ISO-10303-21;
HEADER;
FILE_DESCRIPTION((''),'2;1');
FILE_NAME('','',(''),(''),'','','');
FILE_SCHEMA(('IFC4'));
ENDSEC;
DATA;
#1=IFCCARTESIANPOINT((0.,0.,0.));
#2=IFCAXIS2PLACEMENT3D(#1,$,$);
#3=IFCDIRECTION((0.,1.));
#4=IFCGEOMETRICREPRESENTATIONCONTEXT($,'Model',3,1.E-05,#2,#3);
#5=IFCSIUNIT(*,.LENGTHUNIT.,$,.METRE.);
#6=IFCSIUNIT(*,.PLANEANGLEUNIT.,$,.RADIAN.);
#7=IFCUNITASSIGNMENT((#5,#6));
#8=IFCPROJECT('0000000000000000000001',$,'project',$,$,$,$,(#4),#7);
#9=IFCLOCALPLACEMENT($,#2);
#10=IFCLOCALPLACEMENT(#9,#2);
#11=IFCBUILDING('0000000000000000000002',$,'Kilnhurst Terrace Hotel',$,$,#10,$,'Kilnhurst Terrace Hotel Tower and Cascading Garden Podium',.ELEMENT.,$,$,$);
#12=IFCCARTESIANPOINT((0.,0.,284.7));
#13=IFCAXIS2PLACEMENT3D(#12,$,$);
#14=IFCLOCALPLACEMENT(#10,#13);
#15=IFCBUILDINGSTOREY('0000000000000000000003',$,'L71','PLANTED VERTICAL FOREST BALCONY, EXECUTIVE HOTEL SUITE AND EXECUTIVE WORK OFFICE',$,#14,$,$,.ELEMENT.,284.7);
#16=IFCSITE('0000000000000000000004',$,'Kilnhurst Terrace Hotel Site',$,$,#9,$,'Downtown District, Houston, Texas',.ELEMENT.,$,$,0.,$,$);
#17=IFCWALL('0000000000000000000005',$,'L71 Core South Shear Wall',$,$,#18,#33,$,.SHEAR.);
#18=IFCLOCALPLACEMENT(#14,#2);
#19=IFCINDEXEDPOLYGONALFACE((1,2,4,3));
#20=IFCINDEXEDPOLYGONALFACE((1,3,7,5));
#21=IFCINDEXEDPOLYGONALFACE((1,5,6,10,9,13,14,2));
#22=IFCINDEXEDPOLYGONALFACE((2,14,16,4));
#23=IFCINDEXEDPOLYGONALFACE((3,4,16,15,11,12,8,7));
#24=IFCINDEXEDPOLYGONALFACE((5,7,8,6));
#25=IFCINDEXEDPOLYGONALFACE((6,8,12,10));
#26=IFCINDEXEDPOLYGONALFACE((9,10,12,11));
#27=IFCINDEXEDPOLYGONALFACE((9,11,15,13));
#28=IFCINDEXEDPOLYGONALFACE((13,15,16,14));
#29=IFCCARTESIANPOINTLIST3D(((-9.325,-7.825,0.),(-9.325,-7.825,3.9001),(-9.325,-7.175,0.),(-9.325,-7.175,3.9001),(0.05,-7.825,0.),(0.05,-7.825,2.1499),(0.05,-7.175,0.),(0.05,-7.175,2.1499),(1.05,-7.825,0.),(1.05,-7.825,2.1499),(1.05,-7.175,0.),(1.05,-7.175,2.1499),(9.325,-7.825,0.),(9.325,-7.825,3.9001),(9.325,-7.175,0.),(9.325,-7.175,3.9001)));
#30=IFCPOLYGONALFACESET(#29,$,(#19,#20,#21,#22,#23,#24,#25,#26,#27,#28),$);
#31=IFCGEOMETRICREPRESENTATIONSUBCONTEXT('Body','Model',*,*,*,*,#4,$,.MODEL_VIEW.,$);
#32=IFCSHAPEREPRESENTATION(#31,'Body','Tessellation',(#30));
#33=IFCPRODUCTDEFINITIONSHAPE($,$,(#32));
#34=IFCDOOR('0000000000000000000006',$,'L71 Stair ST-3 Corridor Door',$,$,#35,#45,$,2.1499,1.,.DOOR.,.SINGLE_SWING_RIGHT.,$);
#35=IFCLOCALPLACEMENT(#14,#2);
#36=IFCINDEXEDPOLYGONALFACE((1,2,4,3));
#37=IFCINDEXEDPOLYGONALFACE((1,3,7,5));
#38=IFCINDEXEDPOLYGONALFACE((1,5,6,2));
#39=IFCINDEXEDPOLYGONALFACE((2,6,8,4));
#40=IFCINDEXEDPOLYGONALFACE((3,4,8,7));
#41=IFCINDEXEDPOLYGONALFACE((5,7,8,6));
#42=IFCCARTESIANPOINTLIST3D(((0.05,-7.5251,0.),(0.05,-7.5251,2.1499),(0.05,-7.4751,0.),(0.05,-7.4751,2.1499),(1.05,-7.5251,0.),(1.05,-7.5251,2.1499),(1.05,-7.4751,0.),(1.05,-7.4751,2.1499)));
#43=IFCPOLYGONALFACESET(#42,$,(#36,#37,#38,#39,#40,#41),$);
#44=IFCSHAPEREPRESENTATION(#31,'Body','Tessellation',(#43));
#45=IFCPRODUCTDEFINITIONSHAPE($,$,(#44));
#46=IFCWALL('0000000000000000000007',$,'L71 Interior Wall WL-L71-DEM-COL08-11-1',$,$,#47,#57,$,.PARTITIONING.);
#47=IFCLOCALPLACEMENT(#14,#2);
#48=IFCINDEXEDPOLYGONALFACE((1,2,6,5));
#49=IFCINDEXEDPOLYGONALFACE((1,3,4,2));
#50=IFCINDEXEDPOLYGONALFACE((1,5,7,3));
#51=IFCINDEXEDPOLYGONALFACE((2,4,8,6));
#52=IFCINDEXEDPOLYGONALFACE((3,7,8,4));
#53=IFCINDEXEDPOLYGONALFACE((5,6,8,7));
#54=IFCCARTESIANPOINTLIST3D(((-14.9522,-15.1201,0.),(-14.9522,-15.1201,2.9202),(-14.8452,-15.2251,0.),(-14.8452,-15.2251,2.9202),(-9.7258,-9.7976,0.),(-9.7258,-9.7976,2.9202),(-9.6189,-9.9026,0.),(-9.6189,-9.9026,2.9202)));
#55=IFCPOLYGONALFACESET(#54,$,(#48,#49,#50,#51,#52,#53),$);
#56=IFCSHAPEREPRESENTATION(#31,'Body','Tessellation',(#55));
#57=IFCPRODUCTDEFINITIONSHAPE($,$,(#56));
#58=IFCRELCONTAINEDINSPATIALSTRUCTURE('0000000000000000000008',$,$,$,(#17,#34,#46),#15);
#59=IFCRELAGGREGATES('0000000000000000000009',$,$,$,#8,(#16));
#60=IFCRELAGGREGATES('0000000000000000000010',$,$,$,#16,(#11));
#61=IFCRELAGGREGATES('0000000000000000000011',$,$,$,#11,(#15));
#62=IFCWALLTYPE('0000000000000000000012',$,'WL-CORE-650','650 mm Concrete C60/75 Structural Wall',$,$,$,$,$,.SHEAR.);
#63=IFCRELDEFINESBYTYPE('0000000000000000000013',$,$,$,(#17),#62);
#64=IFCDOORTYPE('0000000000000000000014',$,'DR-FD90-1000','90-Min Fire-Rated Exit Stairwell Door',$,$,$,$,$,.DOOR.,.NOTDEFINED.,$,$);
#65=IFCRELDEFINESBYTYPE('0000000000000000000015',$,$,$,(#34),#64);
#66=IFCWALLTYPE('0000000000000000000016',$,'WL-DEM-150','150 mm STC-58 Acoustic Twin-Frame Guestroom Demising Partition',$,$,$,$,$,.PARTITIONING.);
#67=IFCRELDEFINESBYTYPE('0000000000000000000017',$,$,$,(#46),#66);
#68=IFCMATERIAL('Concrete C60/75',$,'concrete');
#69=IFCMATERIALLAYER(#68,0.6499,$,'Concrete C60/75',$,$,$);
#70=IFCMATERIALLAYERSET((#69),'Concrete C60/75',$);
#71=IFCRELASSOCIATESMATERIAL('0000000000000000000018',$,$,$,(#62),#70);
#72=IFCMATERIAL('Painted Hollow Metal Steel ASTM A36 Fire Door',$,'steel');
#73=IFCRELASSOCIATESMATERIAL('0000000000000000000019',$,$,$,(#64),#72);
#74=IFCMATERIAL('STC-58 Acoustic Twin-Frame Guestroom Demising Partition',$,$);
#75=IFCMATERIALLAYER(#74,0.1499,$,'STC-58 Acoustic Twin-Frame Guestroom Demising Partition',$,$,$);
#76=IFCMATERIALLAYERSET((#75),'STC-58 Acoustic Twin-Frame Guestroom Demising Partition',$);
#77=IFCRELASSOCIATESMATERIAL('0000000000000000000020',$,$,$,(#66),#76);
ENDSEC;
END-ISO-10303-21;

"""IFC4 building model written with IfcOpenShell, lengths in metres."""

from ifc_helpers import new_model, si_unit, direction, frame, frame_2d, origin, place, context, subcontext, project, spatial, rectangle, extrude, material, layer, layer_set, type_object, element, fill, save


model = new_model("IFC4")

# Units and contexts
model_context = context("Model", 3, precision=1e-05, world=origin(), true_north=direction((0.0, 1.0)))
body_context = subcontext(model_context, "Body", "Model", "MODEL_VIEW")
ifc_project = project(units=[si_unit("LENGTHUNIT", "METRE"), si_unit("PLANEANGLEUNIT", "RADIAN")], contexts=[model_context])

# Site, building, storey
site_placement = place(None, origin())
site = spatial("IfcSite", under=ifc_project, at=site_placement, Name="Kilnhurst Terrace Hotel Site", LongName="Downtown District, Houston, Texas", CompositionType="ELEMENT", RefElevation=0.0)
building_placement = place(site_placement, origin())
building = spatial("IfcBuilding", under=site, at=building_placement, Name="Kilnhurst Terrace Hotel", LongName="Kilnhurst Terrace Hotel Tower and Cascading Garden Podium", CompositionType="ELEMENT")
storey_placement = place(building_placement, frame((0.0, 0.0, 284.7)))
storey = spatial("IfcBuildingStorey", under=building, at=storey_placement, Name="L71", Description="PLANTED VERTICAL FOREST BALCONY, EXECUTIVE HOTEL SUITE AND EXECUTIVE WORK OFFICE", CompositionType="ELEMENT", Elevation=284.7)

# Shared definitions
ifc_material_1 = material(Name="Concrete C60/75", Category="concrete")

# Wall, opening, door
ifc_layer_1 = layer(ifc_material_1, 0.6499, Name="Concrete C60/75")
ifc_layer_set_1 = layer_set([ifc_layer_1], Name="Concrete C60/75")
wall_type_1 = type_object("IfcWallType", Name="WL-CORE-650", Description="650 mm Concrete C60/75 Structural Wall", PredefinedType="SHEAR", material=ifc_layer_set_1)
wall_1_placement = place(storey_placement, frame((-9.325, -7.5, 0.0), z_axis=(0.0, 0.0, 1.0), x_axis=(1.0, 0.0, 0.0)))
wall_1 = element("IfcWall", 1, at=wall_1_placement, inside=storey, type_object=wall_type_1, Name="L71 Core South Shear Wall", PredefinedType="SHEAR", context=body_context, shape_type="SweptSolid", body=[
    extrude(rectangle(XDim=18.6499, YDim=0.6499, at=frame_2d((9.325, 0.0))), origin(), (0.0, 0.0, 1.0), 3.9001),
])
opening_1_placement = place(wall_1_placement, frame((9.375, 0.0, 0.0)))
opening_1 = element("IfcOpeningElement", 2, at=opening_1_placement, cuts=wall_1, PredefinedType="OPENING", context=body_context, shape_type="SweptSolid", body=[
    extrude(rectangle(XDim=1.0, YDim=2.1499, at=frame_2d((0.5, 1.075))), frame((0.0, 0.335, 0.0), z_axis=(0.0, -1.0, 0.0), x_axis=(1.0, 0.0, 0.0)), (0.0, 0.0, 1.0), 0.6699),
])
ifc_material_2 = material(Name="Painted Hollow Metal Steel ASTM A36 Fire Door", Category="steel")
door_type_1 = type_object("IfcDoorType", Name="DR-FD90-1000", Description="90-Min Fire-Rated Exit Stairwell Door", OperationType="NOTDEFINED", PredefinedType="DOOR", material=ifc_material_2)
door_1_placement = place(opening_1_placement, origin())
door_1 = element("IfcDoor", 3, at=door_1_placement, inside=storey, type_object=door_type_1, Name="L71 Stair ST-3 Corridor Door", OperationType="SINGLE_SWING_RIGHT", OverallHeight=2.1499, OverallWidth=1.0, PredefinedType="DOOR", context=body_context, shape_type="SweptSolid", body=[
    extrude(rectangle(XDim=1.0, YDim=2.1499, at=frame_2d((0.5, 1.075))), frame((0.0, 0.0249, 0.0), z_axis=(0.0, -1.0, 0.0), x_axis=(1.0, 0.0, 0.0)), (0.0, 0.0, 1.0), 0.05),
])
fill(opening_1, door_1)

# Wall
ifc_material_3 = material(Name="STC-58 Acoustic Twin-Frame Guestroom Demising Partition")
ifc_layer_2 = layer(ifc_material_3, 0.1499, Name="STC-58 Acoustic Twin-Frame Guestroom Demising Partition")
ifc_layer_set_2 = layer_set([ifc_layer_2], Name="STC-58 Acoustic Twin-Frame Guestroom Demising Partition")
wall_type_2 = type_object("IfcWallType", Name="WL-DEM-150", Description="150 mm STC-58 Acoustic Twin-Frame Guestroom Demising Partition", PredefinedType="PARTITIONING", material=ifc_layer_set_2)
wall_2_placement = place(storey_placement, frame((-9.6724, -9.8501, 0.0), z_axis=(0.0, 0.0, 1.0), x_axis=(-0.70063, -0.713525, 0.0)))
element("IfcWall", 4, at=wall_2_placement, inside=storey, type_object=wall_type_2, Name="L71 Interior Wall WL-L71-DEM-COL08-11-1", PredefinedType="PARTITIONING", context=body_context, shape_type="SweptSolid", body=[
    extrude(rectangle(XDim=7.4595, YDim=0.1499, at=frame_2d((3.7297, 0.0))), origin(), (0.0, 0.0, 1.0), 2.9202),
])

save(model, "model.ifc")
